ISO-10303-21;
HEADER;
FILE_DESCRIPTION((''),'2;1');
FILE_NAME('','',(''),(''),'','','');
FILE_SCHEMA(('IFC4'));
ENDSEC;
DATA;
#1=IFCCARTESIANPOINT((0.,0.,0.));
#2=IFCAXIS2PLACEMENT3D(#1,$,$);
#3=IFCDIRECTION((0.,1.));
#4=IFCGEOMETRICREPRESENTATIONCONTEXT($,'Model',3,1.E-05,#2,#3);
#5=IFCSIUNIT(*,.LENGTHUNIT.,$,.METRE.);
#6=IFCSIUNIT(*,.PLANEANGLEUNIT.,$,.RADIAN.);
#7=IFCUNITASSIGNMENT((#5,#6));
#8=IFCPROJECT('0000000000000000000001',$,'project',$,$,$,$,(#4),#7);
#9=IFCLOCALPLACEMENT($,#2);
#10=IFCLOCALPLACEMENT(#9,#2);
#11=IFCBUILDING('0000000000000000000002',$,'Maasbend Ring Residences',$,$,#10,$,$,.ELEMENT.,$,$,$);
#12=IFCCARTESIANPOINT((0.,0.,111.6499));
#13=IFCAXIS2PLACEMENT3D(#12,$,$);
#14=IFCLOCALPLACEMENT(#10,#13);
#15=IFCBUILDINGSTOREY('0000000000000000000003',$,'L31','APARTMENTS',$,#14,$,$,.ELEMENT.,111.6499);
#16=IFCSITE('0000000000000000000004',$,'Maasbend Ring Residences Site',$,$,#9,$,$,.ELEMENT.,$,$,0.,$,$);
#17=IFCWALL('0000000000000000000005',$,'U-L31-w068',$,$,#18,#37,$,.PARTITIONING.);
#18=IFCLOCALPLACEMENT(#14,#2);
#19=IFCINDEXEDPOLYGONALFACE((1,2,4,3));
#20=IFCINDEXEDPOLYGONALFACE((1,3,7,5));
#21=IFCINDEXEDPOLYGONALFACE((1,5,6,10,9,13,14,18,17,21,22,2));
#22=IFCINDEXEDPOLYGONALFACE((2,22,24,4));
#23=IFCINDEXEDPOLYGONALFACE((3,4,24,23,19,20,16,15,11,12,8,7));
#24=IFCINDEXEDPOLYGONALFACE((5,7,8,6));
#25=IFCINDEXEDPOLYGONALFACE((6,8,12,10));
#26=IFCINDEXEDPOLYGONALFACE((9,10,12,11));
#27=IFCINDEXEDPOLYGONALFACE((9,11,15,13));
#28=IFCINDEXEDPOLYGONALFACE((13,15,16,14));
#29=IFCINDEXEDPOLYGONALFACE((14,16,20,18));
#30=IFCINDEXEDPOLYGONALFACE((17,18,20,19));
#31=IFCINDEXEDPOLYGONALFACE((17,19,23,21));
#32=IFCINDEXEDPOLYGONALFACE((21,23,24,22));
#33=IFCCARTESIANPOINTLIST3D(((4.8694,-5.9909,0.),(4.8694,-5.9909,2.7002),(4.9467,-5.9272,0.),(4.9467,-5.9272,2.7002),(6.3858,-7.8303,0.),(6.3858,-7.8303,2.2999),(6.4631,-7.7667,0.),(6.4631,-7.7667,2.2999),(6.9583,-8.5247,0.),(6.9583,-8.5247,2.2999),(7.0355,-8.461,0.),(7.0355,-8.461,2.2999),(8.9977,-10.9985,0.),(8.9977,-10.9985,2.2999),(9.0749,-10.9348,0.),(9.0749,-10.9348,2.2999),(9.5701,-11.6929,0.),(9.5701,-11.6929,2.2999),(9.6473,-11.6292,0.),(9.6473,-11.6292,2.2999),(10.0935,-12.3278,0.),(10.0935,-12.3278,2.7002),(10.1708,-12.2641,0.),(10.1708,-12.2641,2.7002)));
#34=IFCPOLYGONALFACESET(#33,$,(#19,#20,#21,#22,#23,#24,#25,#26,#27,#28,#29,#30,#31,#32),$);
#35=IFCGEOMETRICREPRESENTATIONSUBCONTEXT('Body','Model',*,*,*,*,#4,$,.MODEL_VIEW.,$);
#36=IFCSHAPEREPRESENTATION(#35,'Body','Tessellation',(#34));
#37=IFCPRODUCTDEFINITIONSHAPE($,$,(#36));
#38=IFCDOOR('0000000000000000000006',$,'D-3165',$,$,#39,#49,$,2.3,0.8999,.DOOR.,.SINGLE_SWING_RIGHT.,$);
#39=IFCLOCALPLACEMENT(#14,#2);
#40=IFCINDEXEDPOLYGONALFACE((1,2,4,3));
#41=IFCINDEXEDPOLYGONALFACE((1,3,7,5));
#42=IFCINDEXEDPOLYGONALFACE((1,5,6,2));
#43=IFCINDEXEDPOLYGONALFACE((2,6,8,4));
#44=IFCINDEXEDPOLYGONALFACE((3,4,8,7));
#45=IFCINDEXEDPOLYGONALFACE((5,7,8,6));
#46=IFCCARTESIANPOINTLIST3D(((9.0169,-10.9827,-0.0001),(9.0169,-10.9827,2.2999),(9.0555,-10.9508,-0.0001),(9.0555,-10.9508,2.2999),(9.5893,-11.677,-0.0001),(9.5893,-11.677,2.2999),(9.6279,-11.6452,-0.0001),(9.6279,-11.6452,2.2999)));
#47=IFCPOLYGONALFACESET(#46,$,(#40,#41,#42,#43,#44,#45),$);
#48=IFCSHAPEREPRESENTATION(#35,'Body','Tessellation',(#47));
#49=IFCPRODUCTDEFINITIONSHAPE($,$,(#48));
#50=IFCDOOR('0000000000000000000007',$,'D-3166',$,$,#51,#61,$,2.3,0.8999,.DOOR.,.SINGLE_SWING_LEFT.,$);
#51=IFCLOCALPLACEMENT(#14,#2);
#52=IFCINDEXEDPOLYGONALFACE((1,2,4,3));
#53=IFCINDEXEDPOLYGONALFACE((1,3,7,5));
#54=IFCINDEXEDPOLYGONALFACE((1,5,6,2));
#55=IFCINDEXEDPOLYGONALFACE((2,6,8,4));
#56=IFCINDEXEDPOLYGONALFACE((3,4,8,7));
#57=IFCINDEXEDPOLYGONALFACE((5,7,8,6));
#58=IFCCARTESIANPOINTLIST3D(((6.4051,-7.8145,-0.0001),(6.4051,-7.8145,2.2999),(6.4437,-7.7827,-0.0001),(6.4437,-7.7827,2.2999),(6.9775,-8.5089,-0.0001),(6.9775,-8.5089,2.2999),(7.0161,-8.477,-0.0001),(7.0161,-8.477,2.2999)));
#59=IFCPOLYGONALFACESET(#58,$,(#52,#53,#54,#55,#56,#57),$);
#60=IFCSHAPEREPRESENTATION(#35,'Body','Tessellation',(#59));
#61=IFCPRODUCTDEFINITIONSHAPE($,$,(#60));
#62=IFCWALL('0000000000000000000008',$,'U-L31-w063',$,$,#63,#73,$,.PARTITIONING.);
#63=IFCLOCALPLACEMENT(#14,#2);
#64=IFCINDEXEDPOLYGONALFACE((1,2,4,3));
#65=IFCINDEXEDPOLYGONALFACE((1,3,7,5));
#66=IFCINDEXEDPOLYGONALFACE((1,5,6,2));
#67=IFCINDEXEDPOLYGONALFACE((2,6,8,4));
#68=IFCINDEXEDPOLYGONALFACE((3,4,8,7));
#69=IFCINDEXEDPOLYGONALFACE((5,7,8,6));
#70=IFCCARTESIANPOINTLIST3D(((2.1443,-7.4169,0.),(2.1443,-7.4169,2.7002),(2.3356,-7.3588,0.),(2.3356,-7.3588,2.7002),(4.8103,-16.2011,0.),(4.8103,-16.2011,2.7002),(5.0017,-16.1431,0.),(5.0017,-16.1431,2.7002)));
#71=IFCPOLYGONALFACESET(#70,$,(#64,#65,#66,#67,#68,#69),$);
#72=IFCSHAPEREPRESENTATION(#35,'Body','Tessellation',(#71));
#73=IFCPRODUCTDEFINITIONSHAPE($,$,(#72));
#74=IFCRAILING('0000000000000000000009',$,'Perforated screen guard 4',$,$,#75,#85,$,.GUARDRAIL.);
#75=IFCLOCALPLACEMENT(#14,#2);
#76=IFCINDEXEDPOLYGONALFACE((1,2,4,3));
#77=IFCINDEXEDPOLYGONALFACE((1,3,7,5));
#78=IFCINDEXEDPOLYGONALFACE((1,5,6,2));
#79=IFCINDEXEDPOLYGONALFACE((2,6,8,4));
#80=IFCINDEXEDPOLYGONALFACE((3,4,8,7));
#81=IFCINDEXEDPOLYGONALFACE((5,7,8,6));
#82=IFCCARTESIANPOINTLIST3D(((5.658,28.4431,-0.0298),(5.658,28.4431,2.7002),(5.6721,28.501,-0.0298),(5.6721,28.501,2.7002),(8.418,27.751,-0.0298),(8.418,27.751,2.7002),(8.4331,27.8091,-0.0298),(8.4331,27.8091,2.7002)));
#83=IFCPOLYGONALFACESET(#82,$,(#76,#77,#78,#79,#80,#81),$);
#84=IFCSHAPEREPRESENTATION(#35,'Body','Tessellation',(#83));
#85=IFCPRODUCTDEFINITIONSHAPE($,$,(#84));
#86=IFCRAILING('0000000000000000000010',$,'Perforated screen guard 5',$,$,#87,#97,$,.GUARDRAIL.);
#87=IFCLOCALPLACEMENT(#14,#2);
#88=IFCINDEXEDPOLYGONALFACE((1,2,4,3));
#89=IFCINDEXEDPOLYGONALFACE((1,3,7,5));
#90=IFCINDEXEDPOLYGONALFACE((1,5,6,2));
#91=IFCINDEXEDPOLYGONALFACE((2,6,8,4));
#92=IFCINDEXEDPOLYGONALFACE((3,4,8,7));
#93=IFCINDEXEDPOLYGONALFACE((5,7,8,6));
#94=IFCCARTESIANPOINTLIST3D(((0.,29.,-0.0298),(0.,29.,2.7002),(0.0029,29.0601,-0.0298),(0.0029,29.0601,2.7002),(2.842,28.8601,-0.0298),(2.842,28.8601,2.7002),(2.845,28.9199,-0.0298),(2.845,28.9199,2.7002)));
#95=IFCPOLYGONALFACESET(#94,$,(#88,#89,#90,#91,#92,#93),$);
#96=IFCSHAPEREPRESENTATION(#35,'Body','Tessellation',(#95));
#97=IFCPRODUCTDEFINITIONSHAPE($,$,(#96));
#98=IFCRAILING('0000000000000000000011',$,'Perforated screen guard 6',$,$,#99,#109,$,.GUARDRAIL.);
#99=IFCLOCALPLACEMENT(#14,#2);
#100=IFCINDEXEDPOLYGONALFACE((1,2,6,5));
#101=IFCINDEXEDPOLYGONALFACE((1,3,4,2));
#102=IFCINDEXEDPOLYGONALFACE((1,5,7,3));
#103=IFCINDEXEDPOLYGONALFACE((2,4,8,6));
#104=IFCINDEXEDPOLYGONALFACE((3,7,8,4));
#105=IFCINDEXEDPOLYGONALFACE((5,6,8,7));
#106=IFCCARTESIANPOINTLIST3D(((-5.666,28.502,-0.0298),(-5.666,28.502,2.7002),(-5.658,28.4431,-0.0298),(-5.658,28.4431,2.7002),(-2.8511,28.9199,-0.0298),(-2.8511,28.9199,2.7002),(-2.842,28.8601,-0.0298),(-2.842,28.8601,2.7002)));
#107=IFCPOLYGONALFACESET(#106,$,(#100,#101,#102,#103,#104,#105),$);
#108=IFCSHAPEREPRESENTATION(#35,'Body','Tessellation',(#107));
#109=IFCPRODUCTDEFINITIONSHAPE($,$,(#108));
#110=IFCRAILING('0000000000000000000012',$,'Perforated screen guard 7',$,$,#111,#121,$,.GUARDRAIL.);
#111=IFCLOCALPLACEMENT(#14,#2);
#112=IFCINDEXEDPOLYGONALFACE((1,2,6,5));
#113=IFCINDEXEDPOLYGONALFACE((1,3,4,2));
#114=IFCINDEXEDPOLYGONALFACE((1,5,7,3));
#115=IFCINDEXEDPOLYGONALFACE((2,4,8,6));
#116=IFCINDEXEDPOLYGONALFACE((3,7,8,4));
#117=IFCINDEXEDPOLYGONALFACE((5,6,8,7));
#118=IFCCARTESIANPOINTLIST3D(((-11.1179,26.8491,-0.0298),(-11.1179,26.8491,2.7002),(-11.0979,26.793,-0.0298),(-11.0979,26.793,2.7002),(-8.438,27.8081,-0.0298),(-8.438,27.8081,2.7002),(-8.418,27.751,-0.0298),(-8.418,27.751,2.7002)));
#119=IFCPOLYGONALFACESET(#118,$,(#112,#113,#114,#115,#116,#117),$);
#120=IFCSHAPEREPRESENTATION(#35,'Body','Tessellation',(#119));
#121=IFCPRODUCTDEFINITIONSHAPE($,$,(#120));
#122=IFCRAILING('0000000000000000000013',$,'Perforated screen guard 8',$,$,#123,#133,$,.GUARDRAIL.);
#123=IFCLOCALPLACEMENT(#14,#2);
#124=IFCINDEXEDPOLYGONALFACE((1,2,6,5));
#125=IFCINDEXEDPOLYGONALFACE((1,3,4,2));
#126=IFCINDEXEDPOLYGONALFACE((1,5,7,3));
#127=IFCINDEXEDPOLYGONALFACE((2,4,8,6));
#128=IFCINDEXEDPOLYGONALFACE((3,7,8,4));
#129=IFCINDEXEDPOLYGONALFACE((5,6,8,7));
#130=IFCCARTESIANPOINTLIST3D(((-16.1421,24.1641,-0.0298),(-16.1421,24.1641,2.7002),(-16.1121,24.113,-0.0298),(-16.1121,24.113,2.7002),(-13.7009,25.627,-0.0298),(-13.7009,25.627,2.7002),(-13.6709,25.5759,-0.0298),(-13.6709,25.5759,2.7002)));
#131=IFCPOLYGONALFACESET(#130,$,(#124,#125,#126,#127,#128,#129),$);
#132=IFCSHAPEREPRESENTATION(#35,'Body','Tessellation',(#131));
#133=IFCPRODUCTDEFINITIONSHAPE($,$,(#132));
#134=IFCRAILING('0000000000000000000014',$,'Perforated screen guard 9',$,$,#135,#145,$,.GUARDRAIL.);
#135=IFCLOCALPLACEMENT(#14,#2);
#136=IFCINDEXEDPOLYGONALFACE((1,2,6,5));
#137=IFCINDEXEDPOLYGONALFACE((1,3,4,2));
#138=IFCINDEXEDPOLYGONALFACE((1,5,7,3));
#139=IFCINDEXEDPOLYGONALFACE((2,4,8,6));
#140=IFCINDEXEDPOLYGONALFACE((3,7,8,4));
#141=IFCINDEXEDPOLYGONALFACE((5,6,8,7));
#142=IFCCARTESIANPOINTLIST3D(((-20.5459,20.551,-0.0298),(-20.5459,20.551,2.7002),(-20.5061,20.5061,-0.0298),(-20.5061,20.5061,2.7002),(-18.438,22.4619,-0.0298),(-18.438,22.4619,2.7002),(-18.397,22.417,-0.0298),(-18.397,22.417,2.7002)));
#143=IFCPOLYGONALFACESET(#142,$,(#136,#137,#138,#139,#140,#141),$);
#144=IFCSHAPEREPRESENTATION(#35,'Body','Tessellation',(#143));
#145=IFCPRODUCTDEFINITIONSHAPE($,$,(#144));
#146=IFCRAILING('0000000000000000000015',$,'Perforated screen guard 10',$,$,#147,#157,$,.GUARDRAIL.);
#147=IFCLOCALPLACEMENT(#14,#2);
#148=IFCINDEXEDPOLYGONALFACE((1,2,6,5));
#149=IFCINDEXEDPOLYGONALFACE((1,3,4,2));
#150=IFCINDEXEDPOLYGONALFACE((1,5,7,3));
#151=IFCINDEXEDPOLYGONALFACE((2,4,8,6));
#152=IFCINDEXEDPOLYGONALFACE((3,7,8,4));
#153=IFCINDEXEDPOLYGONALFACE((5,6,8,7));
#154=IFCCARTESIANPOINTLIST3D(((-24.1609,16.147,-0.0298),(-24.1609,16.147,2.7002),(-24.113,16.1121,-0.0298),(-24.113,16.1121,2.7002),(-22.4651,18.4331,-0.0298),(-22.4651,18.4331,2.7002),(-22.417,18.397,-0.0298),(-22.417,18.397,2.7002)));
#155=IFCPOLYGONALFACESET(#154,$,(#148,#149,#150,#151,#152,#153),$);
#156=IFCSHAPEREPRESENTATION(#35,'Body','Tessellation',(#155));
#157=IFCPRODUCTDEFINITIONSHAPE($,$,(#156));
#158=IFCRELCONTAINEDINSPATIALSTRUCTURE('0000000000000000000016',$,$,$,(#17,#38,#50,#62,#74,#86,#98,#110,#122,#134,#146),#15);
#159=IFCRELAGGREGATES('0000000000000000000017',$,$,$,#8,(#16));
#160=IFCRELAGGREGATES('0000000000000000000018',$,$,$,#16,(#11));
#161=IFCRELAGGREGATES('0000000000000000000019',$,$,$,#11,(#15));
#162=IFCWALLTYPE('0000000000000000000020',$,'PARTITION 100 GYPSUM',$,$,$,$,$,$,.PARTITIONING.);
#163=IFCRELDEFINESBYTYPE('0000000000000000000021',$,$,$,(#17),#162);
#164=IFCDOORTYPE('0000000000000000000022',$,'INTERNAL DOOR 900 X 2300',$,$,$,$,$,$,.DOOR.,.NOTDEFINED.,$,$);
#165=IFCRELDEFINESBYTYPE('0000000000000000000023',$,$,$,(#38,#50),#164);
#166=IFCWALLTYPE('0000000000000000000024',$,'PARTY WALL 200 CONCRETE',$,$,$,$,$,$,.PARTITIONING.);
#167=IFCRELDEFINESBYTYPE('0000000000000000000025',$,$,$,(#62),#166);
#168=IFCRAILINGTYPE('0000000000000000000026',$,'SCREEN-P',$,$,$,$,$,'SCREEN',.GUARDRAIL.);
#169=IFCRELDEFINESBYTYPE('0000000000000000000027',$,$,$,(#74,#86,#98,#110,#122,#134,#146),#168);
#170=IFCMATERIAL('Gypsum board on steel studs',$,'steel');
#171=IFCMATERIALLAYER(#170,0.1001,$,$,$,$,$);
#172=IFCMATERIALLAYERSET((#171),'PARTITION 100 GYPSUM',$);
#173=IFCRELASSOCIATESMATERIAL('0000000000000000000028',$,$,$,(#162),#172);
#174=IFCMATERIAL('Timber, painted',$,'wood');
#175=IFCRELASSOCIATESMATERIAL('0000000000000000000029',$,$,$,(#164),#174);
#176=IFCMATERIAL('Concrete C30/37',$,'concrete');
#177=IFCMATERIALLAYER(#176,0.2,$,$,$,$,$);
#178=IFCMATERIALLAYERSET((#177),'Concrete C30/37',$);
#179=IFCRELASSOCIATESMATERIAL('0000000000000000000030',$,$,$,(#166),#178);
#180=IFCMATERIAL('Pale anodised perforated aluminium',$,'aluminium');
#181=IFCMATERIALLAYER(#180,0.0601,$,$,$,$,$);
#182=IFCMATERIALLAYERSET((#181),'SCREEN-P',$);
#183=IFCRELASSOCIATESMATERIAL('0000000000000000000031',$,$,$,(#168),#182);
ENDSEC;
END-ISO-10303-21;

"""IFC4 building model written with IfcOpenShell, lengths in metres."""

from ifc_helpers import new_model, si_unit, direction, frame, frame_2d, origin, place, context, subcontext, project, spatial, polyline, rectangle, outline, extrude, material, layer, layer_set, type_object, element, fill, save


model = new_model("IFC4")

# Units and contexts
model_context = context("Model", 3, precision=1e-05, world=origin(), true_north=direction((0.0, 1.0)))
body_context = subcontext(model_context, "Body", "Model", "MODEL_VIEW")
ifc_project = project(units=[si_unit("LENGTHUNIT", "METRE"), si_unit("PLANEANGLEUNIT", "RADIAN")], contexts=[model_context])

# Site, building, storey
site_placement = place(None, origin())
site = spatial("IfcSite", under=ifc_project, at=site_placement, Name="Maasbend Ring Residences Site", CompositionType="ELEMENT", RefElevation=0.0)
building_placement = place(site_placement, origin())
building = spatial("IfcBuilding", under=site, at=building_placement, Name="Maasbend Ring Residences", CompositionType="ELEMENT")
storey_placement = place(building_placement, frame((0.0, 0.0, 111.6499)))
storey = spatial("IfcBuildingStorey", under=building, at=storey_placement, Name="L31", Description="APARTMENTS", CompositionType="ELEMENT", Elevation=111.6499)

# Wall, openings, doors
ifc_material_1 = material(Name="Gypsum board on steel studs", Category="steel")
ifc_layer_1 = layer(ifc_material_1, 0.1001)
ifc_layer_set_1 = layer_set([ifc_layer_1], Name="PARTITION 100 GYPSUM")
wall_type_1 = type_object("IfcWallType", Name="PARTITION 100 GYPSUM", PredefinedType="PARTITIONING", material=ifc_layer_set_1)
wall_1_placement = place(storey_placement, frame((4.908, -5.959, 0.0), z_axis=(0.0, 0.0, 1.0), x_axis=(0.636105, -0.771602, 0.0)))
wall_1 = element("IfcWall", 1, at=wall_1_placement, inside=storey, type_object=wall_type_1, Name="U-L31-w068", PredefinedType="PARTITIONING", context=body_context, shape_type="SweptSolid", body=[
    extrude(rectangle(XDim=8.2126, YDim=0.1001, at=frame_2d((4.1064, 0.0))), origin(), (0.0, 0.0, 1.0), 2.7002),
])
opening_1_placement = place(wall_1_placement, frame((6.49, 0.0, 0.0)))
opening_1 = element("IfcOpeningElement", 2, at=opening_1_placement, cuts=wall_1, PredefinedType="OPENING", context=body_context, shape_type="SweptSolid", body=[
    extrude(rectangle(XDim=0.8999, YDim=2.3, at=frame_2d((0.45, 1.1499))), frame((0.0, 0.0601, 0.0), z_axis=(0.0, -1.0, 0.0), x_axis=(1.0, 0.0, 0.0)), (0.0, 0.0, 1.0), 0.1201),
])
opening_2_placement = place(wall_1_placement, frame((2.384, 0.0, 0.0)))
opening_2 = element("IfcOpeningElement", 3, at=opening_2_placement, cuts=wall_1, PredefinedType="OPENING", context=body_context, shape_type="SweptSolid", body=[
    extrude(rectangle(XDim=0.8999, YDim=2.3, at=frame_2d((0.45, 1.1499))), frame((0.0, 0.0601, 0.0), z_axis=(0.0, -1.0, 0.0), x_axis=(1.0, 0.0, 0.0)), (0.0, 0.0, 1.0), 0.1201),
])
ifc_material_2 = material(Name="Timber, painted", Category="wood")
door_type = type_object("IfcDoorType", Name="INTERNAL DOOR 900 X 2300", OperationType="NOTDEFINED", PredefinedType="DOOR", material=ifc_material_2)
door_1_placement = place(opening_1_placement, origin())
door_1 = element("IfcDoor", 4, at=door_1_placement, inside=storey, type_object=door_type, Name="D-3165", OperationType="SINGLE_SWING_RIGHT", OverallHeight=2.3, OverallWidth=0.8999, PredefinedType="DOOR", context=body_context, shape_type="SweptSolid", body=[
    extrude(rectangle(XDim=0.8999, YDim=2.3, at=frame_2d((0.45, 1.1499))), frame((0.0, 0.0249, 0.0), z_axis=(0.0, -1.0, 0.0), x_axis=(1.0, 0.0, 0.0)), (0.0, 0.0, 1.0), 0.05),
])
fill(opening_1, door_1)
door_2_placement = place(opening_2_placement, origin())
door_2 = element("IfcDoor", 5, at=door_2_placement, inside=storey, type_object=door_type, Name="D-3166", OperationType="SINGLE_SWING_LEFT", OverallHeight=2.3, OverallWidth=0.8999, PredefinedType="DOOR", context=body_context, shape_type="SweptSolid", body=[
    extrude(rectangle(XDim=0.8999, YDim=2.3, at=frame_2d((0.45, 1.1499))), frame((0.0, 0.0249, 0.0), z_axis=(0.0, -1.0, 0.0), x_axis=(1.0, 0.0, 0.0)), (0.0, 0.0, 1.0), 0.05),
])
fill(opening_2, door_2)

# Wall
ifc_material_3 = material(Name="Concrete C30/37", Category="concrete")
ifc_layer_2 = layer(ifc_material_3, 0.2)
ifc_layer_set_2 = layer_set([ifc_layer_2], Name="Concrete C30/37")
wall_type_2 = type_object("IfcWallType", Name="PARTY WALL 200 CONCRETE", PredefinedType="PARTITIONING", material=ifc_layer_set_2)
wall_2_placement = place(storey_placement, frame((2.24, -7.3879, 0.0), z_axis=(0.0, 0.0, 1.0), x_axis=(0.290421, -0.956899, 0.0)))
element("IfcWall", 6, at=wall_2_placement, inside=storey, type_object=wall_type_2, Name="U-L31-w063", PredefinedType="PARTITIONING", context=body_context, shape_type="SweptSolid", body=[
    extrude(rectangle(XDim=9.1799, YDim=0.2, at=frame_2d((4.5898, 0.0))), origin(), (0.0, 0.0, 1.0), 2.7002),
])

# Railings
ifc_material_4 = material(Name="Pale anodised perforated aluminium", Category="aluminium")
ifc_layer_3 = layer(ifc_material_4, 0.0601)
ifc_layer_set_3 = layer_set([ifc_layer_3], Name="SCREEN-P")
railing_type = type_object("IfcRailingType", Name="SCREEN-P", ElementType="SCREEN", PredefinedType="GUARDRAIL", material=ifc_layer_set_3)
railing_1_placement = place(storey_placement, frame((0.0, 0.0, -0.0298)))
element("IfcRailing", 7, at=railing_1_placement, inside=storey, type_object=railing_type, Name="Perforated screen guard 4", PredefinedType="GUARDRAIL", context=body_context, shape_type="SweptSolid", body=[
    extrude(outline(polyline([(8.418, 27.751), (5.658, 28.4431), (5.6721, 28.501), (8.4331, 27.8091), (8.418, 27.751)])), origin(), (0.0, 0.0, 1.0), 2.73),
])
railing_2_placement = place(storey_placement, frame((0.0, 0.0, -0.0298)))
element("IfcRailing", 8, at=railing_2_placement, inside=storey, type_object=railing_type, Name="Perforated screen guard 5", PredefinedType="GUARDRAIL", context=body_context, shape_type="SweptSolid", body=[
    extrude(outline(polyline([(2.842, 28.8601), (0.0, 29.0), (0.0029, 29.0601), (2.845, 28.9199), (2.842, 28.8601)])), origin(), (0.0, 0.0, 1.0), 2.73),
])
railing_3_placement = place(storey_placement, frame((0.0, 0.0, -0.0298)))
element("IfcRailing", 9, at=railing_3_placement, inside=storey, type_object=railing_type, Name="Perforated screen guard 6", PredefinedType="GUARDRAIL", context=body_context, shape_type="SweptSolid", body=[
    extrude(outline(polyline([(-2.842, 28.8601), (-5.658, 28.4431), (-5.666, 28.502), (-2.8511, 28.9199), (-2.842, 28.8601)])), origin(), (0.0, 0.0, 1.0), 2.73),
])
railing_4_placement = place(storey_placement, frame((0.0, 0.0, -0.0298)))
element("IfcRailing", 10, at=railing_4_placement, inside=storey, type_object=railing_type, Name="Perforated screen guard 7", PredefinedType="GUARDRAIL", context=body_context, shape_type="SweptSolid", body=[
    extrude(outline(polyline([(-8.418, 27.751), (-11.0979, 26.793), (-11.1179, 26.8491), (-8.438, 27.8081), (-8.418, 27.751)])), origin(), (0.0, 0.0, 1.0), 2.73),
])
railing_5_placement = place(storey_placement, frame((0.0, 0.0, -0.0298)))
element("IfcRailing", 11, at=railing_5_placement, inside=storey, type_object=railing_type, Name="Perforated screen guard 8", PredefinedType="GUARDRAIL", context=body_context, shape_type="SweptSolid", body=[
    extrude(outline(polyline([(-13.6709, 25.5759), (-16.1121, 24.113), (-16.1421, 24.1641), (-13.7009, 25.627), (-13.6709, 25.5759)])), origin(), (0.0, 0.0, 1.0), 2.73),
])
railing_6_placement = place(storey_placement, frame((0.0, 0.0, -0.0298)))
element("IfcRailing", 12, at=railing_6_placement, inside=storey, type_object=railing_type, Name="Perforated screen guard 9", PredefinedType="GUARDRAIL", context=body_context, shape_type="SweptSolid", body=[
    extrude(outline(polyline([(-18.397, 22.417), (-20.5061, 20.5061), (-20.5459, 20.551), (-18.438, 22.4619), (-18.397, 22.417)])), origin(), (0.0, 0.0, 1.0), 2.73),
])
railing_7_placement = place(storey_placement, frame((0.0, 0.0, -0.0298)))
element("IfcRailing", 13, at=railing_7_placement, inside=storey, type_object=railing_type, Name="Perforated screen guard 10", PredefinedType="GUARDRAIL", context=body_context, shape_type="SweptSolid", body=[
    extrude(outline(polyline([(-22.417, 18.397), (-24.113, 16.1121), (-24.1609, 16.147), (-22.4651, 18.4331), (-22.417, 18.397)])), origin(), (0.0, 0.0, 1.0), 2.73),
])

save(model, "model.ifc")
